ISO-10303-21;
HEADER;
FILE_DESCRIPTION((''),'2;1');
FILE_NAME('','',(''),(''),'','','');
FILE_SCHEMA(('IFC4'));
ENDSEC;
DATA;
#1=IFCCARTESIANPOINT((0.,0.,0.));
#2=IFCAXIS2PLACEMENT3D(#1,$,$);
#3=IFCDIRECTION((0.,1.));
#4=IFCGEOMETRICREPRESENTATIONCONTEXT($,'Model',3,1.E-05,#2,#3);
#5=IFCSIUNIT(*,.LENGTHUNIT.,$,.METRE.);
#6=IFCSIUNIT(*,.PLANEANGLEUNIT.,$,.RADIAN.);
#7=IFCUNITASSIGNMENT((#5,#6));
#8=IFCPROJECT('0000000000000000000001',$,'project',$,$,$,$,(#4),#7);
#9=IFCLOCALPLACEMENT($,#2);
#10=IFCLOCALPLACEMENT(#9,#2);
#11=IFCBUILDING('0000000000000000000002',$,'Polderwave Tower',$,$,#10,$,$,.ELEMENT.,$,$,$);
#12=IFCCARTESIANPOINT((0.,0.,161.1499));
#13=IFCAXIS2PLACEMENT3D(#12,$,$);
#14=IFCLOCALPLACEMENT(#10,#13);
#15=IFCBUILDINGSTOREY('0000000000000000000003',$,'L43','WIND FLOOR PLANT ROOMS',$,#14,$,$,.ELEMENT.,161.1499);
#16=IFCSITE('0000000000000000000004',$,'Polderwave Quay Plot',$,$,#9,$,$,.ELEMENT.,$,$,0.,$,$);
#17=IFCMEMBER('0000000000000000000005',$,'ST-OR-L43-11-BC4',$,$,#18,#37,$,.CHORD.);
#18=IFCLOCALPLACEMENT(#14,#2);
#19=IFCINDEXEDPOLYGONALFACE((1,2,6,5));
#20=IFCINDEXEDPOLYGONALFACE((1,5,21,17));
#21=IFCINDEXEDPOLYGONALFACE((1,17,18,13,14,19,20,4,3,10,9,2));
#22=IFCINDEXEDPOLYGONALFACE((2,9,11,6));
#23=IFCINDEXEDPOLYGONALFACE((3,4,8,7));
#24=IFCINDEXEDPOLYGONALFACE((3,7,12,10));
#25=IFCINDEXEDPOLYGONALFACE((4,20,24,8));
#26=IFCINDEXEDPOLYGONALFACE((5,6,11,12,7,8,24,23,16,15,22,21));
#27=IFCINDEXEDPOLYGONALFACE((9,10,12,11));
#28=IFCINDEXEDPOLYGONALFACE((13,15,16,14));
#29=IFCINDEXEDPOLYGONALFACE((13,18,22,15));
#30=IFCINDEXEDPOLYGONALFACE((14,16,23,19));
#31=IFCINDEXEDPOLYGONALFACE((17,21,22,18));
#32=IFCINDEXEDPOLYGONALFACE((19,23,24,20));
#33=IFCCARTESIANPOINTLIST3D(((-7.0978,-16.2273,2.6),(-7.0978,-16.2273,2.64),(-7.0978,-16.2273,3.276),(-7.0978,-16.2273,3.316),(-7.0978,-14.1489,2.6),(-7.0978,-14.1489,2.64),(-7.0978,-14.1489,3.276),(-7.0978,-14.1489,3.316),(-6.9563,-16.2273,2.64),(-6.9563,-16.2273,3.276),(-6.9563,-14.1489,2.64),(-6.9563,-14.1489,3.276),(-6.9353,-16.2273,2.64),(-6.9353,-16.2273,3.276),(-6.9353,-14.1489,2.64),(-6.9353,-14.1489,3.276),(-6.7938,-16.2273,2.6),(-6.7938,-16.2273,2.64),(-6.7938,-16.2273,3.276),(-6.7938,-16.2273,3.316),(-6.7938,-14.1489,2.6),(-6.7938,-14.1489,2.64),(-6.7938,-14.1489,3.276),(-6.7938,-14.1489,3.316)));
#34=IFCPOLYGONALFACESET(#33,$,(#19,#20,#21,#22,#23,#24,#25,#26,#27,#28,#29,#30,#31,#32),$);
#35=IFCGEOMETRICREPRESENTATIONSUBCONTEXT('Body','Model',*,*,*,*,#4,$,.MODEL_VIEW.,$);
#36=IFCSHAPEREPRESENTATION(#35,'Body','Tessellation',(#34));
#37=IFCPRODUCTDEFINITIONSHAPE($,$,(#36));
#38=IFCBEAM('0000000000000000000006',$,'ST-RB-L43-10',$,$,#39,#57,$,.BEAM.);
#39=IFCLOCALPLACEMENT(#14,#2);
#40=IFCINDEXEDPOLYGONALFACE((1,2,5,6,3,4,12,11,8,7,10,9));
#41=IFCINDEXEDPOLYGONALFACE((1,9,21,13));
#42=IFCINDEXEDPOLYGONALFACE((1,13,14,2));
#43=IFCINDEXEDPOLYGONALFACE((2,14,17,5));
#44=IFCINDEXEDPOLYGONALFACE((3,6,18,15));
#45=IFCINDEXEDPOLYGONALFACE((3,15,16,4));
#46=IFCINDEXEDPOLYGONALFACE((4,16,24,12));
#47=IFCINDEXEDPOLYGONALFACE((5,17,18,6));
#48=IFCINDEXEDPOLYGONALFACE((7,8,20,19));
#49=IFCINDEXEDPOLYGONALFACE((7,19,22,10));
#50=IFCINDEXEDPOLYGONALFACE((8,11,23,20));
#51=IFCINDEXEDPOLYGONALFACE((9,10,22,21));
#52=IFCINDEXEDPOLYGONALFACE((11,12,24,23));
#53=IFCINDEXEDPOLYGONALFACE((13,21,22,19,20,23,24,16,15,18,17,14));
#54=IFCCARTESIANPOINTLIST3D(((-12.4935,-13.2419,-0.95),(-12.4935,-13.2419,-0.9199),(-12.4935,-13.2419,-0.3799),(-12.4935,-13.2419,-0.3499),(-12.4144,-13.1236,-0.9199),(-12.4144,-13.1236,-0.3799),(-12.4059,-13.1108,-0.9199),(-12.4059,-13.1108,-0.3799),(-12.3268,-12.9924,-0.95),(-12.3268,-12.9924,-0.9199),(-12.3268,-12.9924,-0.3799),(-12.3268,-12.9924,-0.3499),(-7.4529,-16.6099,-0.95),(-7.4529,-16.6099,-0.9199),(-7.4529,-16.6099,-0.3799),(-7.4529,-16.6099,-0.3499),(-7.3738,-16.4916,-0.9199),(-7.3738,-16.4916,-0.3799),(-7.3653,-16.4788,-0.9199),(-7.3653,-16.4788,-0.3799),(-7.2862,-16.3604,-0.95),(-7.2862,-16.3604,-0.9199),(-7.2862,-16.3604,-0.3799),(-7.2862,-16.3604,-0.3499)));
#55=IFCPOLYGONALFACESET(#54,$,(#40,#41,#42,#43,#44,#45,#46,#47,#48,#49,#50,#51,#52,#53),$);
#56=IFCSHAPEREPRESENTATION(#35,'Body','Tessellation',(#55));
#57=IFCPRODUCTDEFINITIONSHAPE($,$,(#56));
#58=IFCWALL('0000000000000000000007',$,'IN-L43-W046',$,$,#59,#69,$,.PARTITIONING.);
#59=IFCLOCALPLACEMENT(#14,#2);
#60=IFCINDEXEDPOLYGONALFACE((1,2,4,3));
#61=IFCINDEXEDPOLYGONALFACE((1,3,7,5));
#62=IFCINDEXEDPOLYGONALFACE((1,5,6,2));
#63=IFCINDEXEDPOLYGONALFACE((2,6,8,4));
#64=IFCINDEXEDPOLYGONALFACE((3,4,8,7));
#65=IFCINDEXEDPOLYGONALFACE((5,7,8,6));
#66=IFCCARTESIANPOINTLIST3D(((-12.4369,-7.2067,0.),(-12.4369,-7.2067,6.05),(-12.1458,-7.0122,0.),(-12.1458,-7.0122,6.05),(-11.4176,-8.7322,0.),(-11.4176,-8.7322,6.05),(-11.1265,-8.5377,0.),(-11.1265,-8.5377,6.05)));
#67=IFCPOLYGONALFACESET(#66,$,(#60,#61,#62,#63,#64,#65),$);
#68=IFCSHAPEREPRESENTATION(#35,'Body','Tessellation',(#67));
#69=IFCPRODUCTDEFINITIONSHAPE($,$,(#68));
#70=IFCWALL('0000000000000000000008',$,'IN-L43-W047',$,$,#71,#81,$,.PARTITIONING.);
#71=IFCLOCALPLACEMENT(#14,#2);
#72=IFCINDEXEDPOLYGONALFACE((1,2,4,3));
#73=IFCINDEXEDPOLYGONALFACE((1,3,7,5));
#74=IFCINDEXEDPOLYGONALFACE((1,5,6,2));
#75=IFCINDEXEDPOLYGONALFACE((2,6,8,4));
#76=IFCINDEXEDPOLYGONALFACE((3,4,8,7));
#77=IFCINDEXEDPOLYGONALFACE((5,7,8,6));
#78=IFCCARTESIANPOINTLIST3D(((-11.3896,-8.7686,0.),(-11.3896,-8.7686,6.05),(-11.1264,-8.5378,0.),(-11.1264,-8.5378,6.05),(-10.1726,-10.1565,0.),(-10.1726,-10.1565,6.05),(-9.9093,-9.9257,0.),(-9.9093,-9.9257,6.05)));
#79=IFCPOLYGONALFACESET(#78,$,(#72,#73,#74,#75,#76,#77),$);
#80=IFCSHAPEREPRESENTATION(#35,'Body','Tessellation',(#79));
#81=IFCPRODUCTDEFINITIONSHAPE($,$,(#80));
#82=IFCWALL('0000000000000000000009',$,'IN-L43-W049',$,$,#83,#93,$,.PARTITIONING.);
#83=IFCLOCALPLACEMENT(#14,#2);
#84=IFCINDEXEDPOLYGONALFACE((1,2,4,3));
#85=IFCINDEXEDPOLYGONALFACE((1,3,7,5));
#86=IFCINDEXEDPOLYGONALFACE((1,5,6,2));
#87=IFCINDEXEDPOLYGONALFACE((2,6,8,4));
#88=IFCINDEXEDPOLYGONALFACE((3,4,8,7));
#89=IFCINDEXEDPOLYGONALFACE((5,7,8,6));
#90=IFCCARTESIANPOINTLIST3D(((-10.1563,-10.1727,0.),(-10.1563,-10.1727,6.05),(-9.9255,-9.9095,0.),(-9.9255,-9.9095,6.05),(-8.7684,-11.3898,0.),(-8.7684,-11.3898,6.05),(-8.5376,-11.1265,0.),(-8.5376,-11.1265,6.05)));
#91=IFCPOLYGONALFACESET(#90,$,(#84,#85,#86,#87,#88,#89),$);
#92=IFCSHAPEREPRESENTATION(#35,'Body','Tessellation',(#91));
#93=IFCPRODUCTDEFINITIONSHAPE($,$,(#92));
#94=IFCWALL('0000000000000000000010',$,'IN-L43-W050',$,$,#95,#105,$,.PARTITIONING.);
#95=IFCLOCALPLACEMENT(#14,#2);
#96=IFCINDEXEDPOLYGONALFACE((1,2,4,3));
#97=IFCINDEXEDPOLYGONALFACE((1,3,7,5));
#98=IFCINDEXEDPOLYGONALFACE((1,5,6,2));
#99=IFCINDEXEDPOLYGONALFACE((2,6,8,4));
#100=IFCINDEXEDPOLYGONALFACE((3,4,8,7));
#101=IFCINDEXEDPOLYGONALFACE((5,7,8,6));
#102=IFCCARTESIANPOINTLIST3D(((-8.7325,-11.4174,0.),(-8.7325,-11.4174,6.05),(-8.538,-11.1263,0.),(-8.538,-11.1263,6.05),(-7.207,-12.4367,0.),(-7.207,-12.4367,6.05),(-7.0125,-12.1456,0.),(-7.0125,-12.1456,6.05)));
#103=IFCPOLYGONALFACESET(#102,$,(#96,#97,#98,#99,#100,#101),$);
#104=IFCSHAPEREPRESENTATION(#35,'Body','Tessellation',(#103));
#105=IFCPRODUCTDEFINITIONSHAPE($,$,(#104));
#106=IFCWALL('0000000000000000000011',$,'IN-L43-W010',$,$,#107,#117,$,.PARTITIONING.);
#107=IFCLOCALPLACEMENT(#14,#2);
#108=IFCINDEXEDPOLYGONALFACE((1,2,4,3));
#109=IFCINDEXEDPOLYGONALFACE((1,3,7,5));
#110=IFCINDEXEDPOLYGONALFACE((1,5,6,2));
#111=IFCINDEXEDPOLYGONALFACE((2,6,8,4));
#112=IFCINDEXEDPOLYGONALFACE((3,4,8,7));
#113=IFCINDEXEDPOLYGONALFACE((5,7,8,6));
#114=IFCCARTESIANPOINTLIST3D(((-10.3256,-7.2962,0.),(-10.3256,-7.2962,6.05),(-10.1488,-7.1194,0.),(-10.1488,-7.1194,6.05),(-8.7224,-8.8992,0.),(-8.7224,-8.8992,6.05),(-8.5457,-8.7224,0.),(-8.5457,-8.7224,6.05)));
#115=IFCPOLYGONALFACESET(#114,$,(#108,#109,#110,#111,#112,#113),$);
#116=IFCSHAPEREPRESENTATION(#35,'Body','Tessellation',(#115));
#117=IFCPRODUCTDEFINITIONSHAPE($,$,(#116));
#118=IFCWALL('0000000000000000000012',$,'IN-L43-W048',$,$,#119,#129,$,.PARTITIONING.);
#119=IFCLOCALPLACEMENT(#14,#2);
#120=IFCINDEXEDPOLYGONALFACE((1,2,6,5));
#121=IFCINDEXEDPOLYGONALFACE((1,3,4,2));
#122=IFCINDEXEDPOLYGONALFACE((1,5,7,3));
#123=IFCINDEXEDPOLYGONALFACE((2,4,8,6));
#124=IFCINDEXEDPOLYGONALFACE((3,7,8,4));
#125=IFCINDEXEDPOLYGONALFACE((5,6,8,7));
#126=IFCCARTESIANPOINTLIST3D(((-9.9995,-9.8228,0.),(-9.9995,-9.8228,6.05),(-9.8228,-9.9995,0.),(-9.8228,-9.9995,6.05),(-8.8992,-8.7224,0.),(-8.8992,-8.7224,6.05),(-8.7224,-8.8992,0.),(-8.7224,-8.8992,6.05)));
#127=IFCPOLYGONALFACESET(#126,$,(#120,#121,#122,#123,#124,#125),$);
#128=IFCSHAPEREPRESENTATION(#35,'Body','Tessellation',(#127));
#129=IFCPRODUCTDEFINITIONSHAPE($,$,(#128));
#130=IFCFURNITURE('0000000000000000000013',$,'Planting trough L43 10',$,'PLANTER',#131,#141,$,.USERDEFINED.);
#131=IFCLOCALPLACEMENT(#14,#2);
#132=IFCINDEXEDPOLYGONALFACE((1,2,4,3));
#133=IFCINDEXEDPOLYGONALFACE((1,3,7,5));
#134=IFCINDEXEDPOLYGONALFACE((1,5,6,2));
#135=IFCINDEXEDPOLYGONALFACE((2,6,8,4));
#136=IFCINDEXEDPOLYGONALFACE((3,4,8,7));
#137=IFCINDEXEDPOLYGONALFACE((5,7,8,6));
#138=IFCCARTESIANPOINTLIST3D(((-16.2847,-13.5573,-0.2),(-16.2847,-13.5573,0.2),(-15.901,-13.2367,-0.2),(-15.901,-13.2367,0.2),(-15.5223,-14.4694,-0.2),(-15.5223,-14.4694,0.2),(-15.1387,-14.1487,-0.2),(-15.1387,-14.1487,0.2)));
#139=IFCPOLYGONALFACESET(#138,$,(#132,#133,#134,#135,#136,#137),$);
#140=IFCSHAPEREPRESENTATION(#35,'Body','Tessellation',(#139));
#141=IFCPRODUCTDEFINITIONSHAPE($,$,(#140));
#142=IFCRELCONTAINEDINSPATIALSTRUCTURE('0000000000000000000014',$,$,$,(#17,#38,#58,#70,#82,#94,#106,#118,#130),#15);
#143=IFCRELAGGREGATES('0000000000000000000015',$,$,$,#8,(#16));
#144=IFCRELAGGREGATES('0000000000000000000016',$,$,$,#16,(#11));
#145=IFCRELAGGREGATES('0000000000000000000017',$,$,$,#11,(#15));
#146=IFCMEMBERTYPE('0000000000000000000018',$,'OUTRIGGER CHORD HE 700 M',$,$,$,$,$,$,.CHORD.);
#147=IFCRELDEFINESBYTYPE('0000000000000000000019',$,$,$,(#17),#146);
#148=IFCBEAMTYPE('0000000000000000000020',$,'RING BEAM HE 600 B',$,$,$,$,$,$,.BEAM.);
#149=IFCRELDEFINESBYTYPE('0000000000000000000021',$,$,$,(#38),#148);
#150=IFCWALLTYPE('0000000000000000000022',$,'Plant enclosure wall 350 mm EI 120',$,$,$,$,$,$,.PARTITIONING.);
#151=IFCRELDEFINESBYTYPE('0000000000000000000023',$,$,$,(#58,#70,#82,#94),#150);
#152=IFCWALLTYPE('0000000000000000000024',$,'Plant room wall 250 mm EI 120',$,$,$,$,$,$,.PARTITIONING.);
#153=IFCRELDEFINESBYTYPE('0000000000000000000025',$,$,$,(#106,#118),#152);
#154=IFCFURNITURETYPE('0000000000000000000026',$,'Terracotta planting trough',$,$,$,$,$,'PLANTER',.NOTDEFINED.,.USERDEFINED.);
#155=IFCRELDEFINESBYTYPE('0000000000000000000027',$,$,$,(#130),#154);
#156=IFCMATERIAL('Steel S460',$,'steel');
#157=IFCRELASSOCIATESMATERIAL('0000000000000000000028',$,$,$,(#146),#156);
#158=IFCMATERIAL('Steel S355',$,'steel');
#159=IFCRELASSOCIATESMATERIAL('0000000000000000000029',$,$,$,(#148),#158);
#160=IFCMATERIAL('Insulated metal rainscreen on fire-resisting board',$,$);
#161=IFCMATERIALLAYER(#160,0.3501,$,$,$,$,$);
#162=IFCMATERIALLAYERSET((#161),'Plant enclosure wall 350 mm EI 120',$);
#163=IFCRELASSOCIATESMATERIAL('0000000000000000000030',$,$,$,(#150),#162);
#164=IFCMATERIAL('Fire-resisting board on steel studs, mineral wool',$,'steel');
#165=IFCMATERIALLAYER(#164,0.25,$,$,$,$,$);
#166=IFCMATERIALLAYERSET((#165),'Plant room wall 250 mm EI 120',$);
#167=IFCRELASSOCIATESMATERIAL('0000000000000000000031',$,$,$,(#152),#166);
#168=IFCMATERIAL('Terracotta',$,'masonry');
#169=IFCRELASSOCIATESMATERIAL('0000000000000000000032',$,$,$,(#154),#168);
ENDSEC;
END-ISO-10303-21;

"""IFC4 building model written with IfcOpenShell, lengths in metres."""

from ifc_helpers import new_model, si_unit, direction, frame, frame_2d, origin, origin_2d, place, context, subcontext, project, spatial, rectangle, i_section, extrude, material, layer, layer_set, material_profile, profile_set, type_object, element, save


model = new_model("IFC4")

# Units and contexts
model_context = context("Model", 3, precision=1e-05, world=origin(), true_north=direction((0.0, 1.0)))
body_context = subcontext(model_context, "Body", "Model", "MODEL_VIEW")
ifc_project = project(units=[si_unit("LENGTHUNIT", "METRE"), si_unit("PLANEANGLEUNIT", "RADIAN")], contexts=[model_context])

# Site, building, storey
site_placement = place(None, origin())
site = spatial("IfcSite", under=ifc_project, at=site_placement, Name="Polderwave Quay Plot", CompositionType="ELEMENT", RefElevation=0.0)
building_placement = place(site_placement, origin())
building = spatial("IfcBuilding", under=site, at=building_placement, Name="Polderwave Tower", CompositionType="ELEMENT")
storey_placement = place(building_placement, frame((0.0, 0.0, 161.1499)))
storey = spatial("IfcBuildingStorey", under=building, at=storey_placement, Name="L43", Description="WIND FLOOR PLANT ROOMS", CompositionType="ELEMENT", Elevation=161.1499)

# Member
ifc_material_1 = material(Name="Steel S460", Category="steel")
ifc_material_profile_1 = material_profile(ifc_material_1, i_section(OverallWidth=0.304, OverallDepth=0.7161, WebThickness=0.021, FlangeThickness=0.04, at=origin_2d()), Name="HE 700 M")
ifc_profile_set_1 = profile_set([ifc_material_profile_1], Name="Steel S460")
member_type_1 = type_object("IfcMemberType", Name="OUTRIGGER CHORD HE 700 M", PredefinedType="CHORD", material=ifc_profile_set_1)
for number, where, z_axis, x_axis, name in (
    (1, (-6.9458, -14.1489, 2.958), (0.0, -1.0, 0.0), (1.0, 0.0, 0.0), "ST-OR-L43-11-BC4"),
):
    element("IfcMember", number, at=place(storey_placement, frame(where, z_axis=z_axis, x_axis=x_axis)), inside=storey, type_object=member_type_1, Name=name, PredefinedType="CHORD", context=body_context, shape_type="SweptSolid", body=[
        extrude(i_section(OverallWidth=0.304, OverallDepth=0.7161, WebThickness=0.021, FlangeThickness=0.04, at=origin_2d()), origin(), (0.0, 0.0, 1.0), 2.0784),
    ])

# Beam
ifc_material_2 = material(Name="Steel S355", Category="steel")
ifc_material_profile_2 = material_profile(ifc_material_2, i_section(OverallWidth=0.3, OverallDepth=0.6001, WebThickness=0.0154, FlangeThickness=0.03, at=origin_2d()), Name="HE 600 B")
ifc_profile_set_2 = profile_set([ifc_material_profile_2], Name="Steel S355")
beam_type = type_object("IfcBeamType", Name="RING BEAM HE 600 B", PredefinedType="BEAM", material=ifc_profile_set_2)
beam_placement = place(storey_placement, frame((-12.4102, -13.1172, -0.6499), z_axis=(0.831474, -0.555564, 0.0), x_axis=(0.555564, 0.831474, 0.0)))
element("IfcBeam", 2, at=beam_placement, inside=storey, type_object=beam_type, Name="ST-RB-L43-10", PredefinedType="BEAM", context=body_context, shape_type="SweptSolid", body=[
    extrude(i_section(OverallWidth=0.3, OverallDepth=0.6001, WebThickness=0.0154, FlangeThickness=0.03, at=origin_2d()), origin(), (0.0, 0.0, 1.0), 6.0623),
])

# Walls
ifc_material_3 = material(Name="Insulated metal rainscreen on fire-resisting board")
ifc_layer_1 = layer(ifc_material_3, 0.3501)
ifc_layer_set_1 = layer_set([ifc_layer_1], Name="Plant enclosure wall 350 mm EI 120")
wall_type_1 = type_object("IfcWallType", Name="Plant enclosure wall 350 mm EI 120", PredefinedType="PARTITIONING", material=ifc_layer_set_1)
wall_1_placement = place(storey_placement, frame((-11.272, -8.635, 0.0), z_axis=(0.0, 0.0, 1.0), x_axis=(-0.55559, 0.831456, 0.0)))
element("IfcWall", 3, at=wall_1_placement, inside=storey, type_object=wall_type_1, Name="IN-L43-W046", PredefinedType="PARTITIONING", context=body_context, shape_type="SweptSolid", body=[
    extrude(rectangle(XDim=1.8347, YDim=0.3501, at=frame_2d((0.9175, 0.0))), origin(), (0.0, 0.0, 1.0), 6.05),
])
for number, where, z_axis, x_axis, name in (
    (4, (-10.041, -10.041, 0.0), (0.0, 0.0, 1.0), (-0.6593, 0.75188, 0.0), "IN-L43-W047"),
    (5, (-8.6531, -11.2581, 0.0), (0.0, 0.0, 1.0), (-0.75188, 0.6593, 0.0), "IN-L43-W049"),
):
    element("IfcWall", number, at=place(storey_placement, frame(where, z_axis=z_axis, x_axis=x_axis)), inside=storey, type_object=wall_type_1, Name=name, PredefinedType="PARTITIONING", context=body_context, shape_type="SweptSolid", body=[
        extrude(rectangle(XDim=1.8459, YDim=0.3501, at=frame_2d((0.9229, 0.0))), origin(), (0.0, 0.0, 1.0), 6.05),
    ])
wall_2_placement = place(storey_placement, frame((-7.1096, -12.2913, 0.0), z_axis=(0.0, 0.0, 1.0), x_axis=(-0.831456, 0.55559, 0.0)))
element("IfcWall", 6, at=wall_2_placement, inside=storey, type_object=wall_type_1, Name="IN-L43-W050", PredefinedType="PARTITIONING", context=body_context, shape_type="SweptSolid", body=[
    extrude(rectangle(XDim=1.8347, YDim=0.3501, at=frame_2d((0.9175, 0.0))), origin(), (0.0, 0.0, 1.0), 6.05),
])
ifc_material_4 = material(Name="Fire-resisting board on steel studs, mineral wool", Category="steel")
ifc_layer_2 = layer(ifc_material_4, 0.25)
ifc_layer_set_2 = layer_set([ifc_layer_2], Name="Plant room wall 250 mm EI 120")
wall_type_2 = type_object("IfcWallType", Name="Plant room wall 250 mm EI 120", PredefinedType="PARTITIONING", material=ifc_layer_set_2)
wall_3_placement = place(storey_placement, frame((-8.634, -8.8108, 0.0), z_axis=(0.0, 0.0, 1.0), x_axis=(-0.707161, 0.707053, 0.0)))
element("IfcWall", 7, at=wall_3_placement, inside=storey, type_object=wall_type_2, Name="IN-L43-W010", PredefinedType="PARTITIONING", context=body_context, shape_type="SweptSolid", body=[
    extrude(rectangle(XDim=2.2671, YDim=0.25, at=frame_2d((1.1335, 0.0))), origin(), (0.0, 0.0, 1.0), 6.05),
])
wall_4_placement = place(storey_placement, frame((-8.8108, -8.8108, 0.0), z_axis=(0.0, 0.0, 1.0), x_axis=(-0.707107, -0.707107, 0.0)))
element("IfcWall", 8, at=wall_4_placement, inside=storey, type_object=wall_type_2, Name="IN-L43-W048", PredefinedType="PARTITIONING", context=body_context, shape_type="SweptSolid", body=[
    extrude(rectangle(XDim=1.5562, YDim=0.25, at=frame_2d((0.7781, 0.0))), origin(), (0.0, 0.0, 1.0), 6.05),
])

# Furniture
ifc_material_5 = material(Name="Terracotta", Category="masonry")
furniture_type = type_object("IfcFurnitureType", Name="Terracotta planting trough", ElementType="PLANTER", AssemblyPlace="NOTDEFINED", PredefinedType="USERDEFINED", material=ifc_material_5)
furniture_placement = place(storey_placement, frame((-15.7117, -13.853, -0.2), z_axis=(0.0, 0.0, 1.0), x_axis=(0.641304, -0.767287, 0.0)))
element("IfcFurniture", 9, at=furniture_placement, inside=storey, type_object=furniture_type, Name="Planting trough L43 10", ObjectType="PLANTER", PredefinedType="USERDEFINED", context=body_context, shape_type="SweptSolid", body=[
    extrude(rectangle(XDim=1.1887, YDim=0.5, at=origin_2d()), origin(), (0.0, 0.0, 1.0), 0.3999),
])

save(model, "model.ifc")
